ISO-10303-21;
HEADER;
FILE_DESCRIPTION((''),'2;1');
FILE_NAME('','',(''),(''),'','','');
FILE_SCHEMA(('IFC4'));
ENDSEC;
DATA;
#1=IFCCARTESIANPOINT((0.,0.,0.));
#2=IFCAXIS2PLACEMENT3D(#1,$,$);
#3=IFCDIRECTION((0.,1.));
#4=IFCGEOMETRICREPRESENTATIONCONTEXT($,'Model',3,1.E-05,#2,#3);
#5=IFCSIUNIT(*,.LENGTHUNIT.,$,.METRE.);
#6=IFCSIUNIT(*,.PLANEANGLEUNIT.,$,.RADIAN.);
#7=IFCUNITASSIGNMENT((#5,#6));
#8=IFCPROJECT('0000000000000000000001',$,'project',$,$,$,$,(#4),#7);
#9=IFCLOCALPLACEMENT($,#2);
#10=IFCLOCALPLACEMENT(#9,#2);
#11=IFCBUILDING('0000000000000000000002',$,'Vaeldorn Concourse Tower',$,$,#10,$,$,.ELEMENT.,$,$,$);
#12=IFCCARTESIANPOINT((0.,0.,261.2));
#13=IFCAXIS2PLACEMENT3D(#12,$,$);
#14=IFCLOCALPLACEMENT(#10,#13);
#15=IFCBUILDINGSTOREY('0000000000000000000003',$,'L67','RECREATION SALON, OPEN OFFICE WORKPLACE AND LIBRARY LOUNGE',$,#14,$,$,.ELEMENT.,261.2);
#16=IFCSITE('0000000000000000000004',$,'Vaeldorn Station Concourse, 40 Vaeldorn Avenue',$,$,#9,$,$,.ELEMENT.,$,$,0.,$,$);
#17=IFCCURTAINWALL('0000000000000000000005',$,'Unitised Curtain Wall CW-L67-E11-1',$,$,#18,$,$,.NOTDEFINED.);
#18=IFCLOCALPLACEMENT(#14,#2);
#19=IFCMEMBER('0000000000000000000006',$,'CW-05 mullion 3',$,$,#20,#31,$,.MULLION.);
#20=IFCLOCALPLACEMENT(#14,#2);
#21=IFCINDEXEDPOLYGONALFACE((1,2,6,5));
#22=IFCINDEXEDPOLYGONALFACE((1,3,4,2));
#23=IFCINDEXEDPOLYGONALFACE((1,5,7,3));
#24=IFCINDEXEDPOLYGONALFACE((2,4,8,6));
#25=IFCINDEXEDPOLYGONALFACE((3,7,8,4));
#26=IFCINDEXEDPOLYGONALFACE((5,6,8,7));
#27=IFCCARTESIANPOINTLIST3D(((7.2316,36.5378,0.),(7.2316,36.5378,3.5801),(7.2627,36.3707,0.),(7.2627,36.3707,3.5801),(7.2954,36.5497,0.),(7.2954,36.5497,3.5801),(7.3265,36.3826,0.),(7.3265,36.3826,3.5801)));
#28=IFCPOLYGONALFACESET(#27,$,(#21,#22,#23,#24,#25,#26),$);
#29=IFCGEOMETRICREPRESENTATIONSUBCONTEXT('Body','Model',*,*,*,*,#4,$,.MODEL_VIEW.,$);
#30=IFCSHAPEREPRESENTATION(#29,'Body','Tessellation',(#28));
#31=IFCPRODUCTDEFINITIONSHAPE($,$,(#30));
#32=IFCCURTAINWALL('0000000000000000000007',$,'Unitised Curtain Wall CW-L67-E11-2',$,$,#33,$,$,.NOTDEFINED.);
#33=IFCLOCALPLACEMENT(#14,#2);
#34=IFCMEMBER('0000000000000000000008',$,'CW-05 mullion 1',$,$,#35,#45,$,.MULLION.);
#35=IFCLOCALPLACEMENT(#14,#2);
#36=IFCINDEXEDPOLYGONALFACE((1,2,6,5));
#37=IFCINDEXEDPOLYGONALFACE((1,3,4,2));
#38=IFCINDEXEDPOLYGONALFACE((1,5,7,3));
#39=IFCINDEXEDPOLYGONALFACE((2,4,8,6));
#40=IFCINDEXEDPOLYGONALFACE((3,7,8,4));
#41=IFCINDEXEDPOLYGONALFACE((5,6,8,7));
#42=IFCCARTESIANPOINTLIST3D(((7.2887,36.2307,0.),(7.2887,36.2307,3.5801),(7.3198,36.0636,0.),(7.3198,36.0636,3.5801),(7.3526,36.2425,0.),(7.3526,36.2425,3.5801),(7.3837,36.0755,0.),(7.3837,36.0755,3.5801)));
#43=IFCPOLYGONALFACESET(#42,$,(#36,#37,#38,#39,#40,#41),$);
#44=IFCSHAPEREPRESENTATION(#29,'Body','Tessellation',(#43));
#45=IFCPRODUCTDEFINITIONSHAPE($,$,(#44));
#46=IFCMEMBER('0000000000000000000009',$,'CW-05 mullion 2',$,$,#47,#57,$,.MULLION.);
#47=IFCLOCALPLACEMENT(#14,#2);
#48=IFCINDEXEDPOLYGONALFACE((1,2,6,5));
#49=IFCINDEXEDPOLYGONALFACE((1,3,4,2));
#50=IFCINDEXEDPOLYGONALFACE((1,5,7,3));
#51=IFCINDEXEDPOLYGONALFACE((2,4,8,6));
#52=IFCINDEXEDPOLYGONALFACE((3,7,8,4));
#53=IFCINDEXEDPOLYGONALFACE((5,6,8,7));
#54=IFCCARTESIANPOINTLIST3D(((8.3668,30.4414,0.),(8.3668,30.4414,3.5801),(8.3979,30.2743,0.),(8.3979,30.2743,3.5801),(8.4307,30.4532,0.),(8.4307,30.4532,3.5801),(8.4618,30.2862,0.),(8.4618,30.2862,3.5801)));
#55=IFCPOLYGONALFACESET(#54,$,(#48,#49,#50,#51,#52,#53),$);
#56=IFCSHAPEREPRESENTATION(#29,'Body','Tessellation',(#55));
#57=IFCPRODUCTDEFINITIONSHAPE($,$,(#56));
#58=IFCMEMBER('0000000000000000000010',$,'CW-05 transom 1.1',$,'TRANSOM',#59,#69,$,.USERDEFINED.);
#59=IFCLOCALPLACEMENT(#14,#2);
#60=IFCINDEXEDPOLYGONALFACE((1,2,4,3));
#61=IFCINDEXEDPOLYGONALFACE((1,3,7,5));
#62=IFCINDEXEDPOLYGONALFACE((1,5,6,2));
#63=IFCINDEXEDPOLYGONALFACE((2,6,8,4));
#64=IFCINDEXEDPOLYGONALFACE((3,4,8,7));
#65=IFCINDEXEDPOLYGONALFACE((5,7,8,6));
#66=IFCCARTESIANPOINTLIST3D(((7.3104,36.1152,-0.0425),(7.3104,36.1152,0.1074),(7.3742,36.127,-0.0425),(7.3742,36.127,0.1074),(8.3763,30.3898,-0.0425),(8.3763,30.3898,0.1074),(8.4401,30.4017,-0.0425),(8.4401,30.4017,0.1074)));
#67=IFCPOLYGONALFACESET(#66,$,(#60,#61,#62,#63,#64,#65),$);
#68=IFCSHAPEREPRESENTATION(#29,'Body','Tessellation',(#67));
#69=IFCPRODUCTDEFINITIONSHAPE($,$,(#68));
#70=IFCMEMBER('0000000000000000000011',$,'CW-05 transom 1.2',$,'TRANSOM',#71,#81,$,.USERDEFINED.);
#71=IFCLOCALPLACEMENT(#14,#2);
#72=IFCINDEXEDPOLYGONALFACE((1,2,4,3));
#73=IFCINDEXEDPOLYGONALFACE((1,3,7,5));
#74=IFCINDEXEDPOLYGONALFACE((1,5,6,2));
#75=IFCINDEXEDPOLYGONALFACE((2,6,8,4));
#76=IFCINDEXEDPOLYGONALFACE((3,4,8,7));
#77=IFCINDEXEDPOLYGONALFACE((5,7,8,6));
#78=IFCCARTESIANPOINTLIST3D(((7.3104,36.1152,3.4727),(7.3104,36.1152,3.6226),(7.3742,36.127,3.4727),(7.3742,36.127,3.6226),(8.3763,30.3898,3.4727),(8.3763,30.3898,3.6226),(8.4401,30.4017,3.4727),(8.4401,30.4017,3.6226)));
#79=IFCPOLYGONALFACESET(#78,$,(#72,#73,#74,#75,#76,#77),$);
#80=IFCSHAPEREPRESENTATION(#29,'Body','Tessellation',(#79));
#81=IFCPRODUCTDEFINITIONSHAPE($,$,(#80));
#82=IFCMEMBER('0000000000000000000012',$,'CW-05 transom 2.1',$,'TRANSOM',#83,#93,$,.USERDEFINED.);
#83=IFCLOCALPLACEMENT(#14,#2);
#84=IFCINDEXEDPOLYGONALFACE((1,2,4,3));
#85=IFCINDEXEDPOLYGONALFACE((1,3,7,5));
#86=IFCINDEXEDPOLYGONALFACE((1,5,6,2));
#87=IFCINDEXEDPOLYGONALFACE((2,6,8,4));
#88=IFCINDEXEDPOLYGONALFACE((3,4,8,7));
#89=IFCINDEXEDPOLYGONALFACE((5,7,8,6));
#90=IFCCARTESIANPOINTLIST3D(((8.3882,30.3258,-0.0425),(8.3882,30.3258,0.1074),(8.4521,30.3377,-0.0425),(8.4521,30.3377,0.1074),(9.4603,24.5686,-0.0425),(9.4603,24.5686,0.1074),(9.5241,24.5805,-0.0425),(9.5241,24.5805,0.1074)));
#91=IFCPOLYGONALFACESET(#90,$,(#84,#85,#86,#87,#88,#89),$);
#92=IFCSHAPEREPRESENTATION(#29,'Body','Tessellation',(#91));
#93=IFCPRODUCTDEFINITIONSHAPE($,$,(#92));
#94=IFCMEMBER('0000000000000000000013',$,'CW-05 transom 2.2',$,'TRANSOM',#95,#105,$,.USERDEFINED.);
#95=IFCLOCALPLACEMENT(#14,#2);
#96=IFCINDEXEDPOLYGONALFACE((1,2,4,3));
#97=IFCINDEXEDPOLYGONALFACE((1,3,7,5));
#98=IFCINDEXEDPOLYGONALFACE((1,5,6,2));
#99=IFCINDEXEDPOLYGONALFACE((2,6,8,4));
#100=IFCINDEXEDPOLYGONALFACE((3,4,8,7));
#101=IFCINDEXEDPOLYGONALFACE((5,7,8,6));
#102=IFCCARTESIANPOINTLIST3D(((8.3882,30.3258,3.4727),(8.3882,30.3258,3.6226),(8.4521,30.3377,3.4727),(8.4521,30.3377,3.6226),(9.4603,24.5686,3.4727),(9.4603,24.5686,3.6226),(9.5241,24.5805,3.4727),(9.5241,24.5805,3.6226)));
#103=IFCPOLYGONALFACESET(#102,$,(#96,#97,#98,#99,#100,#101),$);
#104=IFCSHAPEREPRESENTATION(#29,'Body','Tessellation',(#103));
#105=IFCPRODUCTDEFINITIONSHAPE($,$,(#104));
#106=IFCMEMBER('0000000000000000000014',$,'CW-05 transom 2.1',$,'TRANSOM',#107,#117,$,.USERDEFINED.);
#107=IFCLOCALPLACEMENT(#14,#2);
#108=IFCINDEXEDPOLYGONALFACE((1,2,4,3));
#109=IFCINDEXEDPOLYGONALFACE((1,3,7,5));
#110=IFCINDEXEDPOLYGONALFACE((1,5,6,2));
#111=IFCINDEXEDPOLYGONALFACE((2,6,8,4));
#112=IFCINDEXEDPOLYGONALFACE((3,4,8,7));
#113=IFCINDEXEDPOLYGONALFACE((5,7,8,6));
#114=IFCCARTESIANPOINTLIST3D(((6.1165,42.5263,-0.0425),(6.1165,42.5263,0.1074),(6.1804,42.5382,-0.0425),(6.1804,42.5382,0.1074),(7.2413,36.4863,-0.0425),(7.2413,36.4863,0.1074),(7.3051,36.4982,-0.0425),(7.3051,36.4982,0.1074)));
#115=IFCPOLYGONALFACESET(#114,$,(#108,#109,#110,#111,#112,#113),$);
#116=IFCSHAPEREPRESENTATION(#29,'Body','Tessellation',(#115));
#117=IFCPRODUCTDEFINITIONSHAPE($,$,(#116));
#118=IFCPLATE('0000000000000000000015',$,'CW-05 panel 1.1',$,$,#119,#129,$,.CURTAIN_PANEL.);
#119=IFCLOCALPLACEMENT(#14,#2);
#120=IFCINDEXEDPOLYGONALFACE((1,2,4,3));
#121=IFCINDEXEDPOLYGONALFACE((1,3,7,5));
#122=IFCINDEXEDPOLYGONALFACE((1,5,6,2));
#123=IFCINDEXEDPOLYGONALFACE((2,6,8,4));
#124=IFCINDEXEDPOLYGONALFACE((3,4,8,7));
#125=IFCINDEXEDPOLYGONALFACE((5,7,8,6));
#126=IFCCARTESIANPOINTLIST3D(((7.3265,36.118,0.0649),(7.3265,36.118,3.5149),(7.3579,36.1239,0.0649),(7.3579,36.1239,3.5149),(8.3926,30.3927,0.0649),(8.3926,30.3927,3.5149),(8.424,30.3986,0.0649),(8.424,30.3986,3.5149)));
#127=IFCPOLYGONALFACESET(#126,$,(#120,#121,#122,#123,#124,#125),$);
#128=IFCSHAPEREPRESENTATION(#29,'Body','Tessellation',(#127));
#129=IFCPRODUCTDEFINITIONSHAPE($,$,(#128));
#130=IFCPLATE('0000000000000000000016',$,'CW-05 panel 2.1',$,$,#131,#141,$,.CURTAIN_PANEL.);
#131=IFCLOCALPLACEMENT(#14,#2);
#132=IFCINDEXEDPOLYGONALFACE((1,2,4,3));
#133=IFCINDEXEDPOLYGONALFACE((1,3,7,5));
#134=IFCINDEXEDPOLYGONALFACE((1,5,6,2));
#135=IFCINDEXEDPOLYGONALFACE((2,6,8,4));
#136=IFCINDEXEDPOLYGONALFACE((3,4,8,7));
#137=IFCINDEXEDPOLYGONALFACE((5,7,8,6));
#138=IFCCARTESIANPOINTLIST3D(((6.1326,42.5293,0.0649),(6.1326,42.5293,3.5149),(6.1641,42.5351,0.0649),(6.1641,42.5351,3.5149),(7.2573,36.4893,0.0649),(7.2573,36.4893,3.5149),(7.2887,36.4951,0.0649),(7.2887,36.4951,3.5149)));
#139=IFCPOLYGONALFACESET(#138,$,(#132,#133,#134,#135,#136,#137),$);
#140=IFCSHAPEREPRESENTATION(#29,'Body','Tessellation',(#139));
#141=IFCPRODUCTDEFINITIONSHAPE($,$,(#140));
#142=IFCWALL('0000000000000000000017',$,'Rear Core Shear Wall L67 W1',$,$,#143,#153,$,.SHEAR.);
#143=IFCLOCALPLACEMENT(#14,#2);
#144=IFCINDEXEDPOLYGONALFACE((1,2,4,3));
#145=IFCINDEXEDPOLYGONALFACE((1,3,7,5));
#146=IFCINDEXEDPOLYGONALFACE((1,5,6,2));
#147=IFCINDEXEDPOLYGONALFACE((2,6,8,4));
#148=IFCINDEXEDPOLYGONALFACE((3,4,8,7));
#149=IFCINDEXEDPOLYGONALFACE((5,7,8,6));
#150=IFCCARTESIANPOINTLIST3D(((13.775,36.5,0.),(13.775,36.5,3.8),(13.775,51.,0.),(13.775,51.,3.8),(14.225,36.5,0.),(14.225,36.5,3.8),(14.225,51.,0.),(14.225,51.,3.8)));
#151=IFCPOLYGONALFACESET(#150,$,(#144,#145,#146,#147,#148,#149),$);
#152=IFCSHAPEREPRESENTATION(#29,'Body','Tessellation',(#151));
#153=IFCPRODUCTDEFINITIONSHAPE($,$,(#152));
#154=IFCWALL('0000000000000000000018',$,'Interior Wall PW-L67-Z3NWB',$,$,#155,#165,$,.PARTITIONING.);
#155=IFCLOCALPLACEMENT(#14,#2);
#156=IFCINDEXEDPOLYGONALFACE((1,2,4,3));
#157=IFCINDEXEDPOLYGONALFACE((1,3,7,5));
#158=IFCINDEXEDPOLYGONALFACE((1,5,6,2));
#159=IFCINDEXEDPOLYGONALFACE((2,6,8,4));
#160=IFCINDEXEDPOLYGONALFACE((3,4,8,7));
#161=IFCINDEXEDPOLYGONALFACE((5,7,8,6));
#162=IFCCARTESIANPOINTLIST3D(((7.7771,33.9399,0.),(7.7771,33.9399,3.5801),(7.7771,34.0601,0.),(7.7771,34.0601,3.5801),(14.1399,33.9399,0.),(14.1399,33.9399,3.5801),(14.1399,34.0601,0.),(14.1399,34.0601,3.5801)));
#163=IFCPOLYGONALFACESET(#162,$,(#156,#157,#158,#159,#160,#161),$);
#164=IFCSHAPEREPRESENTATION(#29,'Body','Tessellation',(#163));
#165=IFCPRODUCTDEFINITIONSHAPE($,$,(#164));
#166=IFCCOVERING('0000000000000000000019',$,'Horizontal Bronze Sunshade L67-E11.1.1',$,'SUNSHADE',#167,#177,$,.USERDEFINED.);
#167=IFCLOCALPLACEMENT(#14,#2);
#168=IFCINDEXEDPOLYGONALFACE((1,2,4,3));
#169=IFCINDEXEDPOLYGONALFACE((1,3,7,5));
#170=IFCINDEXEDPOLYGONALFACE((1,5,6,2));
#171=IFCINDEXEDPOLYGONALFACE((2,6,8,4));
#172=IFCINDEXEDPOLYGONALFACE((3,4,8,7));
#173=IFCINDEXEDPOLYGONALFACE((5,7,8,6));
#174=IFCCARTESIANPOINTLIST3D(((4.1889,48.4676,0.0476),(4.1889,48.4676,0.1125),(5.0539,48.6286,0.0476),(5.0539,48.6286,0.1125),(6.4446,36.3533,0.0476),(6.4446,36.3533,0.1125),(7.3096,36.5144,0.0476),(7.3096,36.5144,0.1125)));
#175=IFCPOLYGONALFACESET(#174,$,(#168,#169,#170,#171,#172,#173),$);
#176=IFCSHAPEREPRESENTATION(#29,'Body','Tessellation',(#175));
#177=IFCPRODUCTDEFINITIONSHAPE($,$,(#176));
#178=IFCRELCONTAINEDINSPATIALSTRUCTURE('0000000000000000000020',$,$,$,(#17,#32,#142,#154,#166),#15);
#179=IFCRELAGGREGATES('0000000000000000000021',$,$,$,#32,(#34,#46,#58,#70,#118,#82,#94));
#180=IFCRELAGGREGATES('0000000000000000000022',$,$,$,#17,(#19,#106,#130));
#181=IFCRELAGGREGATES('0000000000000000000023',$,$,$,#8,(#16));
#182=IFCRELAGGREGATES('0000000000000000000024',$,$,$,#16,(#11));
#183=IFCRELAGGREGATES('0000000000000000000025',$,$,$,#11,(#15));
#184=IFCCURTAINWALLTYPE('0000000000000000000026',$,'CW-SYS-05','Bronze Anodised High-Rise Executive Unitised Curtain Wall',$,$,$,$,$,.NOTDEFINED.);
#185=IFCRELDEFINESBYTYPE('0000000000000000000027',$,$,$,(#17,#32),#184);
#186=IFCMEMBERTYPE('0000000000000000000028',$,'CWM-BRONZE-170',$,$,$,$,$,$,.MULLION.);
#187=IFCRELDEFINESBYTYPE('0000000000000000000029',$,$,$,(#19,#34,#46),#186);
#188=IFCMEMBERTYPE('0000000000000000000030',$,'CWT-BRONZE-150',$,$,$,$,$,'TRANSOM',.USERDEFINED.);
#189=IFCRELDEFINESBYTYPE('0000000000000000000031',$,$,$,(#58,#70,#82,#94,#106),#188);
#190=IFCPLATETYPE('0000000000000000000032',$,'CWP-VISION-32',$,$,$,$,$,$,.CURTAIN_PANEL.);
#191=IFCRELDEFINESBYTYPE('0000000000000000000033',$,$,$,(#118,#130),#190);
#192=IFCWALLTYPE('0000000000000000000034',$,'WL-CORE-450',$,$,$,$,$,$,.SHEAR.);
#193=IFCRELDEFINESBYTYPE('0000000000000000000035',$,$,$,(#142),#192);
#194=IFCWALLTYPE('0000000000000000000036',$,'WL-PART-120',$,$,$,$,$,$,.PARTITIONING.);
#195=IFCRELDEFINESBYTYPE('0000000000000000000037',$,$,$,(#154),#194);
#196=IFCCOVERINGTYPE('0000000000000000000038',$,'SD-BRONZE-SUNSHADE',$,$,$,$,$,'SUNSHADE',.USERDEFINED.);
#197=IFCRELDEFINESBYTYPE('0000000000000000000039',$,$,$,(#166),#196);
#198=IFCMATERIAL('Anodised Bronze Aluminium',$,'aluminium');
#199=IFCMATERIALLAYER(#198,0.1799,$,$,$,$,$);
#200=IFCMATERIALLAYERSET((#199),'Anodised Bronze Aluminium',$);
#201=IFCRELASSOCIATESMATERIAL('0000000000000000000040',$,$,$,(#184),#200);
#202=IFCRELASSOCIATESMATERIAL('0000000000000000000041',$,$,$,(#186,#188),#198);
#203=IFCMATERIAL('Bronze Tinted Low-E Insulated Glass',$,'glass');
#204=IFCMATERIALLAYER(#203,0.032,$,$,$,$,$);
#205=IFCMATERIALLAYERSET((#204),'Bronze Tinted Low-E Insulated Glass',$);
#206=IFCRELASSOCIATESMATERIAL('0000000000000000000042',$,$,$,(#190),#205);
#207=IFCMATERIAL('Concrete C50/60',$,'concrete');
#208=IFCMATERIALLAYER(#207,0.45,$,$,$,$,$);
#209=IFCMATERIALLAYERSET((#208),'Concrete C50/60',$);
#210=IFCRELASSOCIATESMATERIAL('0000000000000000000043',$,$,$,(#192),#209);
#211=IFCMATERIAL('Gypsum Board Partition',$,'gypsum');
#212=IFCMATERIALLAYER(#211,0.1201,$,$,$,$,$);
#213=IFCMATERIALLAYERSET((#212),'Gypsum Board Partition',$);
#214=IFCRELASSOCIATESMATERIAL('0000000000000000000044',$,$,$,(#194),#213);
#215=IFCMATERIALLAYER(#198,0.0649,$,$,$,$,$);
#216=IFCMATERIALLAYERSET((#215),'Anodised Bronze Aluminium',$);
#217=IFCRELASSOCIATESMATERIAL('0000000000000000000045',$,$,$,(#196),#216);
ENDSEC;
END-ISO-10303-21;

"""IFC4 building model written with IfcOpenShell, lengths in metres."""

from ifc_helpers import new_model, si_unit, direction, frame, frame_2d, origin, origin_2d, place, context, subcontext, project, spatial, rectangle, extrude, source, transform, mapped, material, layer, layer_set, material_profile, profile_set, type_object, element, aggregate, save


model = new_model("IFC4")

# Units and contexts
model_context = context("Model", 3, precision=1e-05, world=origin(), true_north=direction((0.0, 1.0)))
body_context = subcontext(model_context, "Body", "Model", "MODEL_VIEW")
ifc_project = project(units=[si_unit("LENGTHUNIT", "METRE"), si_unit("PLANEANGLEUNIT", "RADIAN")], contexts=[model_context])

# Site, building, storey
site_placement = place(None, origin())
site = spatial("IfcSite", under=ifc_project, at=site_placement, Name="Vaeldorn Station Concourse, 40 Vaeldorn Avenue", CompositionType="ELEMENT", RefElevation=0.0)
building_placement = place(site_placement, origin())
building = spatial("IfcBuilding", under=site, at=building_placement, Name="Vaeldorn Concourse Tower", CompositionType="ELEMENT")
storey_placement = place(building_placement, frame((0.0, 0.0, 261.2)))
storey = spatial("IfcBuildingStorey", under=building, at=storey_placement, Name="L67", Description="RECREATION SALON, OPEN OFFICE WORKPLACE AND LIBRARY LOUNGE", CompositionType="ELEMENT", Elevation=261.2)

# Shared definitions
ifc_material_1 = material(Name="Concrete C50/60", Category="concrete")

# Curtain wall, member
ifc_material_2 = material(Name="Anodised Bronze Aluminium", Category="aluminium")
ifc_layer_1 = layer(ifc_material_2, 0.1799)
ifc_layer_set_1 = layer_set([ifc_layer_1], Name="Anodised Bronze Aluminium")
curtain_wall_type = type_object("IfcCurtainWallType", Name="CW-SYS-05", Description="Bronze Anodised High-Rise Executive Unitised Curtain Wall", PredefinedType="NOTDEFINED", material=ifc_layer_set_1)
curtain_wall_1_placement = place(storey_placement, origin())
curtain_wall_1 = element("IfcCurtainWall", 1, at=curtain_wall_1_placement, inside=storey, type_object=curtain_wall_type, Name="Unitised Curtain Wall CW-L67-E11-1", PredefinedType="NOTDEFINED")
ifc_material_profile_1 = material_profile(ifc_material_2, rectangle(XDim=0.0649, YDim=0.1699, at=origin_2d()), Name="CWM 65x170")
ifc_profile_set_1 = profile_set([ifc_material_profile_1], Name="Anodised Bronze Aluminium")
member_type_1 = type_object("IfcMemberType", Name="CWM-BRONZE-170", PredefinedType="MULLION", material=ifc_profile_set_1)
shared_shape_1 = source(origin(), body_context, "Body", "SweptSolid", [
    extrude(rectangle(XDim=0.0649, YDim=0.1699, at=origin_2d()), origin(), (0.0, 0.0, 1.0), 3.5801),
])
member_1_placement = place(storey_placement, frame((7.2791, 36.4602, 0.0), z_axis=(0.0, 0.0, 1.0), x_axis=(0.983103, 0.183054, 0.0)))
member_1 = element("IfcMember", 2, at=member_1_placement, type_object=member_type_1, Name="CW-05 mullion 3", PredefinedType="MULLION", context=body_context, shape_type="MappedRepresentation", body=[
    mapped(shared_shape_1, transform((0.0, 0.0, 0.0), scale=1.0)),
])

# Curtain wall, members
curtain_wall_2_placement = place(storey_placement, origin())
curtain_wall_2 = element("IfcCurtainWall", 3, at=curtain_wall_2_placement, inside=storey, type_object=curtain_wall_type, Name="Unitised Curtain Wall CW-L67-E11-2", PredefinedType="NOTDEFINED")
member_2_placement = place(storey_placement, frame((7.3362, 36.1531, 0.0), z_axis=(0.0, 0.0, 1.0), x_axis=(0.983103, 0.183055, 0.0)))
member_2 = element("IfcMember", 4, at=member_2_placement, type_object=member_type_1, Name="CW-05 mullion 1", PredefinedType="MULLION", context=body_context, shape_type="MappedRepresentation", body=[
    mapped(shared_shape_1, transform((0.0, 0.0, 0.0), scale=1.0)),
])
member_3_placement = place(storey_placement, frame((8.4143, 30.3638, 0.0), z_axis=(0.0, 0.0, 1.0), x_axis=(0.983103, 0.183055, 0.0)))
member_3 = element("IfcMember", 5, at=member_3_placement, type_object=member_type_1, Name="CW-05 mullion 2", PredefinedType="MULLION", context=body_context, shape_type="MappedRepresentation", body=[
    mapped(shared_shape_1, transform((0.0, 0.0, 0.0), scale=1.0)),
])
ifc_material_profile_2 = material_profile(ifc_material_2, rectangle(XDim=0.0649, YDim=0.1499, at=origin_2d()), Name="CWT 65x150")
ifc_profile_set_2 = profile_set([ifc_material_profile_2], Name="Anodised Bronze Aluminium")
member_type_2 = type_object("IfcMemberType", Name="CWT-BRONZE-150", ElementType="TRANSOM", PredefinedType="USERDEFINED", material=ifc_profile_set_2)
shared_shape_2 = source(origin(), body_context, "Body", "SweptSolid", [
    extrude(rectangle(XDim=0.0649, YDim=0.1499, at=origin_2d()), origin(), (0.0, 0.0, 1.0), 5.8237),
])
member_4_placement = place(storey_placement, frame((7.3423, 36.1211, 0.0325), z_axis=(0.18303, -0.983107, 0.0), x_axis=(0.983107, 0.18303, 0.0)))
member_4 = element("IfcMember", 6, at=member_4_placement, type_object=member_type_2, Name="CW-05 transom 1.1", ObjectType="TRANSOM", PredefinedType="USERDEFINED", context=body_context, shape_type="MappedRepresentation", body=[
    mapped(shared_shape_2, transform((0.0, 0.0, 0.0), scale=1.0)),
])
member_5_placement = place(storey_placement, frame((7.3423, 36.1211, 3.5476), z_axis=(0.18303, -0.983107, 0.0), x_axis=(0.983107, 0.18303, 0.0)))
member_5 = element("IfcMember", 7, at=member_5_placement, type_object=member_type_2, Name="CW-05 transom 1.2", ObjectType="TRANSOM", PredefinedType="USERDEFINED", context=body_context, shape_type="MappedRepresentation", body=[
    mapped(shared_shape_2, transform((0.0, 0.0, 0.0), scale=1.0)),
])
shared_shape_3 = source(origin(), body_context, "Body", "SweptSolid", [
    extrude(rectangle(XDim=0.0649, YDim=0.1499, at=origin_2d()), origin(), (0.0, 0.0, 1.0), 5.8562),
])
member_6_placement = place(storey_placement, frame((8.4202, 30.3318, 0.0325), z_axis=(0.183055, -0.983103, 0.0), x_axis=(0.983103, 0.183055, 0.0)))
member_6 = element("IfcMember", 8, at=member_6_placement, type_object=member_type_2, Name="CW-05 transom 2.1", ObjectType="TRANSOM", PredefinedType="USERDEFINED", context=body_context, shape_type="MappedRepresentation", body=[
    mapped(shared_shape_3, transform((0.0, 0.0, 0.0), scale=1.0)),
])
member_7_placement = place(storey_placement, frame((8.4202, 30.3318, 3.5476), z_axis=(0.183055, -0.983103, 0.0), x_axis=(0.983103, 0.183055, 0.0)))
member_7 = element("IfcMember", 9, at=member_7_placement, type_object=member_type_2, Name="CW-05 transom 2.2", ObjectType="TRANSOM", PredefinedType="USERDEFINED", context=body_context, shape_type="MappedRepresentation", body=[
    mapped(shared_shape_3, transform((0.0, 0.0, 0.0), scale=1.0)),
])

# Member
shared_shape_4 = source(origin(), body_context, "Body", "SweptSolid", [
    extrude(rectangle(XDim=0.0649, YDim=0.1499, at=origin_2d()), origin(), (0.0, 0.0, 1.0), 6.1438),
])
member_8_placement = place(storey_placement, frame((6.1484, 42.5322, 0.0325), z_axis=(0.18307, -0.9831, 0.0), x_axis=(0.9831, 0.18307, 0.0)))
member_8 = element("IfcMember", 10, at=member_8_placement, type_object=member_type_2, Name="CW-05 transom 2.1", ObjectType="TRANSOM", PredefinedType="USERDEFINED", context=body_context, shape_type="MappedRepresentation", body=[
    mapped(shared_shape_4, transform((0.0, 0.0, 0.0), scale=1.0)),
])

# Plates
ifc_material_3 = material(Name="Bronze Tinted Low-E Insulated Glass", Category="glass")
ifc_layer_2 = layer(ifc_material_3, 0.032)
ifc_layer_set_2 = layer_set([ifc_layer_2], Name="Bronze Tinted Low-E Insulated Glass")
plate_type = type_object("IfcPlateType", Name="CWP-VISION-32", PredefinedType="CURTAIN_PANEL", material=ifc_layer_set_2)
shared_shape_5 = source(origin(), body_context, "Body", "SweptSolid", [
    extrude(rectangle(XDim=5.8237, YDim=0.032, at=origin_2d()), origin(), (0.0, 0.0, 1.0), 3.45),
])
plate_1_placement = place(storey_placement, frame((7.8752, 33.2583, 0.0649), z_axis=(0.0, 0.0, 1.0), x_axis=(0.183055, -0.983103, 0.0)))
plate_1 = element("IfcPlate", 11, at=plate_1_placement, type_object=plate_type, Name="CW-05 panel 1.1", PredefinedType="CURTAIN_PANEL", context=body_context, shape_type="MappedRepresentation", body=[
    mapped(shared_shape_5, transform((0.0, 0.0, 0.0), scale=1.0)),
])
aggregate(curtain_wall_2, [member_2, member_3, member_4, member_5, plate_1, member_6, member_7])
shared_shape_6 = source(origin(), body_context, "Body", "SweptSolid", [
    extrude(rectangle(XDim=6.1438, YDim=0.032, at=origin_2d()), origin(), (0.0, 0.0, 1.0), 3.45),
])
plate_2_placement = place(storey_placement, frame((6.7107, 39.5122, 0.0649), z_axis=(0.0, 0.0, 1.0), x_axis=(0.183054, -0.983103, 0.0)))
plate_2 = element("IfcPlate", 12, at=plate_2_placement, type_object=plate_type, Name="CW-05 panel 2.1", PredefinedType="CURTAIN_PANEL", context=body_context, shape_type="MappedRepresentation", body=[
    mapped(shared_shape_6, transform((0.0, 0.0, 0.0), scale=1.0)),
])
aggregate(curtain_wall_1, [member_1, member_8, plate_2])

# Walls
ifc_layer_3 = layer(ifc_material_1, 0.45)
ifc_layer_set_3 = layer_set([ifc_layer_3], Name="Concrete C50/60")
wall_type_1 = type_object("IfcWallType", Name="WL-CORE-450", PredefinedType="SHEAR", material=ifc_layer_set_3)
wall_1_placement = place(storey_placement, frame((14.0, 36.5, 0.0), z_axis=(0.0, 0.0, 1.0), x_axis=(0.0, 1.0, 0.0)))
element("IfcWall", 13, at=wall_1_placement, inside=storey, type_object=wall_type_1, Name="Rear Core Shear Wall L67 W1", PredefinedType="SHEAR", context=body_context, shape_type="SweptSolid", body=[
    extrude(rectangle(XDim=14.5, YDim=0.45, at=frame_2d((7.25, 0.0))), origin(), (0.0, 0.0, 1.0), 3.8),
])
ifc_material_4 = material(Name="Gypsum Board Partition", Category="gypsum")
ifc_layer_4 = layer(ifc_material_4, 0.1201)
ifc_layer_set_4 = layer_set([ifc_layer_4], Name="Gypsum Board Partition")
wall_type_2 = type_object("IfcWallType", Name="WL-PART-120", PredefinedType="PARTITIONING", material=ifc_layer_set_4)
wall_2_placement = place(storey_placement, frame((7.7771, 34.0, 0.0), z_axis=(0.0, 0.0, 1.0), x_axis=(1.0, 0.0, 0.0)))
element("IfcWall", 14, at=wall_2_placement, inside=storey, type_object=wall_type_2, Name="Interior Wall PW-L67-Z3NWB", PredefinedType="PARTITIONING", context=body_context, shape_type="SweptSolid", body=[
    extrude(rectangle(XDim=6.3628, YDim=0.1201, at=frame_2d((3.1814, 0.0))), origin(), (0.0, 0.0, 1.0), 3.5801),
])

# Covering
ifc_layer_5 = layer(ifc_material_2, 0.0649)
ifc_layer_set_5 = layer_set([ifc_layer_5], Name="Anodised Bronze Aluminium")
covering_type = type_object("IfcCoveringType", Name="SD-BRONZE-SUNSHADE", ElementType="SUNSHADE", PredefinedType="USERDEFINED", material=ifc_layer_set_5)
shared_shape_7 = source(origin(), body_context, "Body", "SweptSolid", [
    extrude(rectangle(XDim=12.3225, YDim=0.8799, at=origin_2d()), origin(), (0.0, 0.0, 1.0), 0.0649),
])
for number, where, z_axis, x_axis, name in (
    (15, (5.7493, 42.491, 0.0476), (0.0, 0.0, 1.0), (0.183059, -0.983102, 0.0), "Horizontal Bronze Sunshade L67-E11.1.1"),
):
    element("IfcCovering", number, at=place(storey_placement, frame(where, z_axis=z_axis, x_axis=x_axis)), inside=storey, type_object=covering_type, Name=name, ObjectType="SUNSHADE", PredefinedType="USERDEFINED", context=body_context, shape_type="MappedRepresentation", body=[
        mapped(shared_shape_7, transform((0.0, 0.0, 0.0), scale=1.0)),
    ])

save(model, "model.ifc")
